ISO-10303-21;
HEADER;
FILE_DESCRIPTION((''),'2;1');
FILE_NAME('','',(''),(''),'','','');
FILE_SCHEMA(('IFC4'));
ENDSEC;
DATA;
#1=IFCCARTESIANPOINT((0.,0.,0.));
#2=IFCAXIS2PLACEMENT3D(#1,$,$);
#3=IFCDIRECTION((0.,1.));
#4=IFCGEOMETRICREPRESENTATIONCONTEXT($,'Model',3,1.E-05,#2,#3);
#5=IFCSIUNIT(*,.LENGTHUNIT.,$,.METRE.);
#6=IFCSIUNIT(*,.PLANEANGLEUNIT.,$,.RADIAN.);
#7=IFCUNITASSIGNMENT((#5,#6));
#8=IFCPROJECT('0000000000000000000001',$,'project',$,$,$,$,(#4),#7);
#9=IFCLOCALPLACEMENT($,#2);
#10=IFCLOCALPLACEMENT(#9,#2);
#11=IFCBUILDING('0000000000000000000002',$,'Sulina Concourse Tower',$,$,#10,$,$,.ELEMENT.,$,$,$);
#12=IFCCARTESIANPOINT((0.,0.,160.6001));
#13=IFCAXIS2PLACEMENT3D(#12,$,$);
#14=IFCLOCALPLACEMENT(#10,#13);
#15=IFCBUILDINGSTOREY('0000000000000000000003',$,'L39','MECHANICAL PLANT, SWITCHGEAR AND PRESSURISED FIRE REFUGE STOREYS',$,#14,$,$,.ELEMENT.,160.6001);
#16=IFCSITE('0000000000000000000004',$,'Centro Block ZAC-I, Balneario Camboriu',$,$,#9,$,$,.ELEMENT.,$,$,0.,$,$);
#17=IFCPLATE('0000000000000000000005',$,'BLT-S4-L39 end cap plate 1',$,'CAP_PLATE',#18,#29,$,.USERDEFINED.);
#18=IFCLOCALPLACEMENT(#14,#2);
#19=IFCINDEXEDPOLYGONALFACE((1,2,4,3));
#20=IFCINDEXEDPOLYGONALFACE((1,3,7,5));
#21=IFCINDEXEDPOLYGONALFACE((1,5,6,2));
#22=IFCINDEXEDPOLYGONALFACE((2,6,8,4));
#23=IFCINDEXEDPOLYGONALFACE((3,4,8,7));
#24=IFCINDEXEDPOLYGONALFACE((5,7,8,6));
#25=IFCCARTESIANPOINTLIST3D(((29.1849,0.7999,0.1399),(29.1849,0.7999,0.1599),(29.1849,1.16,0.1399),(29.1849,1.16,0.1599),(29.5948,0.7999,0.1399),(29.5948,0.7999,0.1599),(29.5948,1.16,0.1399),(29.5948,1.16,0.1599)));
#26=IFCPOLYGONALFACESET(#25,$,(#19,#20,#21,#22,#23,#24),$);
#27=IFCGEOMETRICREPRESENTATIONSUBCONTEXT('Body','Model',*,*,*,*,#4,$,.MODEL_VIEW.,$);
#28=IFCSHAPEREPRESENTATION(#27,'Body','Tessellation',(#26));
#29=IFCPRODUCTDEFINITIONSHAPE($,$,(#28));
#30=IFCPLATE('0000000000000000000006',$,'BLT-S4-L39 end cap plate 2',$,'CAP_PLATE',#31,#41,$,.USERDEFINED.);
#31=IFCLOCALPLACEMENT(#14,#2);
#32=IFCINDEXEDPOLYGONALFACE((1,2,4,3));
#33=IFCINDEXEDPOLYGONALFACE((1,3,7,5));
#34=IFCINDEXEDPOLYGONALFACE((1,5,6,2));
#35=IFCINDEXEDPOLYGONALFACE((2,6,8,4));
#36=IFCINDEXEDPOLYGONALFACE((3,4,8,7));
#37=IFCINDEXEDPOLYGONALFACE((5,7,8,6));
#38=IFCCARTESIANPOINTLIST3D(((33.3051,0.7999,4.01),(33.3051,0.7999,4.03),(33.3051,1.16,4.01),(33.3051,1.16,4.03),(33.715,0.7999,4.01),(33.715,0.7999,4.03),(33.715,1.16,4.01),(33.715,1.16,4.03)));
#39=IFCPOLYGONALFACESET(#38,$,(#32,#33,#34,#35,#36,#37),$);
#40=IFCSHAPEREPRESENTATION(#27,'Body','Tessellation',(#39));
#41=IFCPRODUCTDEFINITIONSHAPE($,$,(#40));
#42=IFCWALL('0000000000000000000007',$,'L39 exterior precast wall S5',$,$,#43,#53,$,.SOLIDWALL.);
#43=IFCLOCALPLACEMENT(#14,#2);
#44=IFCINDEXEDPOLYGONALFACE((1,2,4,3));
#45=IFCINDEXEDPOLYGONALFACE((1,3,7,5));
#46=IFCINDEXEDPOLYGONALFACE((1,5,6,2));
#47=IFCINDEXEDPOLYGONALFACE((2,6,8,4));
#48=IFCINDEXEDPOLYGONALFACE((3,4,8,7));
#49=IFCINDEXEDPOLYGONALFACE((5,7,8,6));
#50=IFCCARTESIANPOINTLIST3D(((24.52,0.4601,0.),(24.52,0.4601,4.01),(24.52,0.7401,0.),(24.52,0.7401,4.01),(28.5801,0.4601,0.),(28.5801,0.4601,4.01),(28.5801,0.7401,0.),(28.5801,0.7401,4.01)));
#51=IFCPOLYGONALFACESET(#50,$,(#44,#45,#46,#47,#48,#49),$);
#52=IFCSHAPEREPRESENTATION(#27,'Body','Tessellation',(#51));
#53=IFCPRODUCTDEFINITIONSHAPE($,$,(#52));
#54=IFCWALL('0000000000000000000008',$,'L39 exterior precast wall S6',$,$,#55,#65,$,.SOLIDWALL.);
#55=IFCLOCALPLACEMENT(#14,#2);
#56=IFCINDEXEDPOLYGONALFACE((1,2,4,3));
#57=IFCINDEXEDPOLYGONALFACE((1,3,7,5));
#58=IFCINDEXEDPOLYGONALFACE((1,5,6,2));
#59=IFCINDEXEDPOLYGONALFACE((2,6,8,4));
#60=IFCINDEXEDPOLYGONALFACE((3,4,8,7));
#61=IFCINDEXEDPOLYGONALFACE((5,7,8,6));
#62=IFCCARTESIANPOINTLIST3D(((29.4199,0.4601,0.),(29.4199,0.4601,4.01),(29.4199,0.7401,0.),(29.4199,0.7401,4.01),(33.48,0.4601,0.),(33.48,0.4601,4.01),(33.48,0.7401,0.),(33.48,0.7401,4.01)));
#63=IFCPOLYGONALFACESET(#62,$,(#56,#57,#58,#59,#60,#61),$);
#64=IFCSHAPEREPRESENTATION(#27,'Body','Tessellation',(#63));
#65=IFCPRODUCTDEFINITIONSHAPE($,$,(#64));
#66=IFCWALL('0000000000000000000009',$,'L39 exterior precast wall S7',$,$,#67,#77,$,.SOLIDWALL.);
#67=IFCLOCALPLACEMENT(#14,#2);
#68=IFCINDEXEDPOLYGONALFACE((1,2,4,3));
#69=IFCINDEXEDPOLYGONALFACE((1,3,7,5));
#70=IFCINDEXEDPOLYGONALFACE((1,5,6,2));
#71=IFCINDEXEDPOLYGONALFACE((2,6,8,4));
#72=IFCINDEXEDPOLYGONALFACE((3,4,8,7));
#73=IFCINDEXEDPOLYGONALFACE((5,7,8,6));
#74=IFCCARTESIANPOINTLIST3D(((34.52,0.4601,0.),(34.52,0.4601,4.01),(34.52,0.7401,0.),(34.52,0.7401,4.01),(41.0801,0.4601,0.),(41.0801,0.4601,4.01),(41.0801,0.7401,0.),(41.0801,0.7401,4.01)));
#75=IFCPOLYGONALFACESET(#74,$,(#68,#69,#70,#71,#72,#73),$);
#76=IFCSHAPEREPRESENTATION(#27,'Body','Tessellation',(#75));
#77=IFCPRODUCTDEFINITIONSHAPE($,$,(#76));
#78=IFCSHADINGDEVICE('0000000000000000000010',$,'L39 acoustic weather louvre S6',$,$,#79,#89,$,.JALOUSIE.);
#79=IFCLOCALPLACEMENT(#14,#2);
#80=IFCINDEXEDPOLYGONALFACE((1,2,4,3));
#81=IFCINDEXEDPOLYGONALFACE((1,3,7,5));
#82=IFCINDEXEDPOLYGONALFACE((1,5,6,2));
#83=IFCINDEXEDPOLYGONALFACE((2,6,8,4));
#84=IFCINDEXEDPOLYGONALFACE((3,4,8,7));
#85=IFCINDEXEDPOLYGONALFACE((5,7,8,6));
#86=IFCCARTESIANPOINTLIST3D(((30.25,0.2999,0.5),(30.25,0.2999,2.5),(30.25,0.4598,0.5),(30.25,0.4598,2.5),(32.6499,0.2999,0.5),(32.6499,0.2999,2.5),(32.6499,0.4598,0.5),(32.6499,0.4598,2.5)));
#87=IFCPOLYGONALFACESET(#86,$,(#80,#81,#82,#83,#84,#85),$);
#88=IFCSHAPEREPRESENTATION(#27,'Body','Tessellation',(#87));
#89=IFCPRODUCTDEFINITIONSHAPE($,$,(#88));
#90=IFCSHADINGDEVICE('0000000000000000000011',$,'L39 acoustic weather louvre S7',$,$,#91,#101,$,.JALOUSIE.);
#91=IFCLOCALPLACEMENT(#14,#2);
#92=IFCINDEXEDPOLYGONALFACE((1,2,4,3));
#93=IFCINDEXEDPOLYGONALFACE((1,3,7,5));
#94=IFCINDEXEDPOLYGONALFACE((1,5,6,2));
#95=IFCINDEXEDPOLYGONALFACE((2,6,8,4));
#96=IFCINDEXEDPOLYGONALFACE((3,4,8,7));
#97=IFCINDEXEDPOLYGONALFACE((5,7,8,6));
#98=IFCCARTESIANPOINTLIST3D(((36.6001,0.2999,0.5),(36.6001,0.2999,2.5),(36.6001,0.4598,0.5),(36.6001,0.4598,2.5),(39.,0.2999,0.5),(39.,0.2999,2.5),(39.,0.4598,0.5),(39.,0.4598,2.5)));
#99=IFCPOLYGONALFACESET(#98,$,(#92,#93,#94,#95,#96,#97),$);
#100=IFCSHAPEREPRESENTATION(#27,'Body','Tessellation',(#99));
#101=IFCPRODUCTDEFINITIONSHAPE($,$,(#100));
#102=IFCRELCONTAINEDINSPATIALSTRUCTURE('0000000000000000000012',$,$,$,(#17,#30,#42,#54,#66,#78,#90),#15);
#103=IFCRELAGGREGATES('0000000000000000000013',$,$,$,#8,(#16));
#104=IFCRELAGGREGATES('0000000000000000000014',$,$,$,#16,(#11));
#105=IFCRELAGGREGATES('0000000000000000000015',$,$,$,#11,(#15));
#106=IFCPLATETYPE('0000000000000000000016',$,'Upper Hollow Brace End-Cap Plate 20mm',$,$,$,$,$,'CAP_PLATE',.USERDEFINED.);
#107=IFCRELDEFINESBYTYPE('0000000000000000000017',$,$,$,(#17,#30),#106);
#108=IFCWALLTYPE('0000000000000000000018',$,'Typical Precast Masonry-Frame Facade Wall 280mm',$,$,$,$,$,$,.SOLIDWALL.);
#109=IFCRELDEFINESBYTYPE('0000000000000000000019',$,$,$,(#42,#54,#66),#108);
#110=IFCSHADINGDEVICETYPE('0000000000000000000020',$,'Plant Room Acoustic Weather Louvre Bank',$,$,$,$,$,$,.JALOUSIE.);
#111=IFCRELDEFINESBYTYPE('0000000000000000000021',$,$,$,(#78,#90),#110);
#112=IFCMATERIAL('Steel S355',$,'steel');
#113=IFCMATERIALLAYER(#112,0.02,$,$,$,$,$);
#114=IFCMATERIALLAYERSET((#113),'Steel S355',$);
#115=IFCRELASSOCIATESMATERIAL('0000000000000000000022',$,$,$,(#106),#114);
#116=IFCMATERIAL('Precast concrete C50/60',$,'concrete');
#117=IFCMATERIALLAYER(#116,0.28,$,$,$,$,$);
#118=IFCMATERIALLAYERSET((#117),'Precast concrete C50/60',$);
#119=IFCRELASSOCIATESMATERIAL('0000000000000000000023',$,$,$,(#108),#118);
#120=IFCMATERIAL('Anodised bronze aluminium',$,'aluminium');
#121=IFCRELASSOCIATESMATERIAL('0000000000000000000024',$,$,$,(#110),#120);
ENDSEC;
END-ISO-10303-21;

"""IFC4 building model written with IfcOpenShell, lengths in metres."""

from ifc_helpers import new_model, si_unit, direction, frame, frame_2d, origin, origin_2d, place, context, subcontext, project, spatial, rectangle, extrude, material, layer, layer_set, type_object, element, save


model = new_model("IFC4")

# Units and contexts
model_context = context("Model", 3, precision=1e-05, world=origin(), true_north=direction((0.0, 1.0)))
body_context = subcontext(model_context, "Body", "Model", "MODEL_VIEW")
ifc_project = project(units=[si_unit("LENGTHUNIT", "METRE"), si_unit("PLANEANGLEUNIT", "RADIAN")], contexts=[model_context])

# Site, building, storey
site_placement = place(None, origin())
site = spatial("IfcSite", under=ifc_project, at=site_placement, Name="Centro Block ZAC-I, Balneario Camboriu", CompositionType="ELEMENT", RefElevation=0.0)
building_placement = place(site_placement, origin())
building = spatial("IfcBuilding", under=site, at=building_placement, Name="Sulina Concourse Tower", CompositionType="ELEMENT")
storey_placement = place(building_placement, frame((0.0, 0.0, 160.6001)))
storey = spatial("IfcBuildingStorey", under=building, at=storey_placement, Name="L39", Description="MECHANICAL PLANT, SWITCHGEAR AND PRESSURISED FIRE REFUGE STOREYS", CompositionType="ELEMENT", Elevation=160.6001)

# Plates
ifc_material_1 = material(Name="Steel S355", Category="steel")
ifc_layer_1 = layer(ifc_material_1, 0.02)
ifc_layer_set_1 = layer_set([ifc_layer_1], Name="Steel S355")
plate_type_1 = type_object("IfcPlateType", Name="Upper Hollow Brace End-Cap Plate 20mm", ElementType="CAP_PLATE", PredefinedType="USERDEFINED", material=ifc_layer_set_1)
for number, where, z_axis, x_axis, name in (
    (1, (29.3899, 0.98, 0.1399), (0.0, 0.0, 1.0), (1.0, 0.0, 0.0), "BLT-S4-L39 end cap plate 1"),
    (2, (33.51, 0.98, 4.01), (0.0, 0.0, 1.0), (1.0, 0.0, 0.0), "BLT-S4-L39 end cap plate 2"),
):
    element("IfcPlate", number, at=place(storey_placement, frame(where, z_axis=z_axis, x_axis=x_axis)), inside=storey, type_object=plate_type_1, Name=name, ObjectType="CAP_PLATE", PredefinedType="USERDEFINED", context=body_context, shape_type="SweptSolid", body=[
        extrude(rectangle(XDim=0.4099, YDim=0.3601, at=origin_2d()), origin(), (0.0, 0.0, 1.0), 0.02),
    ])

# Walls
ifc_material_2 = material(Name="Precast concrete C50/60", Category="concrete")
ifc_layer_2 = layer(ifc_material_2, 0.28)
ifc_layer_set_2 = layer_set([ifc_layer_2], Name="Precast concrete C50/60")
wall_type = type_object("IfcWallType", Name="Typical Precast Masonry-Frame Facade Wall 280mm", PredefinedType="SOLIDWALL", material=ifc_layer_set_2)
for number, where, z_axis, x_axis, name in (
    (3, (28.5801, 0.6001, 0.0), (0.0, 0.0, 1.0), (-1.0, 0.0, 0.0), "L39 exterior precast wall S5"),
    (4, (33.48, 0.6001, 0.0), (0.0, 0.0, 1.0), (-1.0, 0.0, 0.0), "L39 exterior precast wall S6"),
):
    element("IfcWall", number, at=place(storey_placement, frame(where, z_axis=z_axis, x_axis=x_axis)), inside=storey, type_object=wall_type, Name=name, PredefinedType="SOLIDWALL", context=body_context, shape_type="SweptSolid", body=[
        extrude(rectangle(XDim=4.0601, YDim=0.28, at=frame_2d((2.03, 0.0))), origin(), (0.0, 0.0, 1.0), 4.01),
    ])
wall_placement = place(storey_placement, frame((41.0801, 0.6001, 0.0), z_axis=(0.0, 0.0, 1.0), x_axis=(-1.0, 0.0, 0.0)))
element("IfcWall", 5, at=wall_placement, inside=storey, type_object=wall_type, Name="L39 exterior precast wall S7", PredefinedType="SOLIDWALL", context=body_context, shape_type="SweptSolid", body=[
    extrude(rectangle(XDim=6.5601, YDim=0.28, at=frame_2d((3.28, 0.0))), origin(), (0.0, 0.0, 1.0), 4.01),
])

# Shading devices
ifc_material_3 = material(Name="Anodised bronze aluminium", Category="aluminium")
shading_device_type = type_object("IfcShadingDeviceType", Name="Plant Room Acoustic Weather Louvre Bank", PredefinedType="JALOUSIE", material=ifc_material_3)
for number, where, z_axis, x_axis, name in (
    (6, (31.45, 0.3799, 0.5), (0.0, 0.0, 1.0), (1.0, 0.0, 0.0), "L39 acoustic weather louvre S6"),
    (7, (37.8, 0.3799, 0.5), (0.0, 0.0, 1.0), (1.0, 0.0, 0.0), "L39 acoustic weather louvre S7"),
):
    element("IfcShadingDevice", number, at=place(storey_placement, frame(where, z_axis=z_axis, x_axis=x_axis)), inside=storey, type_object=shading_device_type, Name=name, PredefinedType="JALOUSIE", context=body_context, shape_type="SweptSolid", body=[
        extrude(rectangle(XDim=2.3999, YDim=0.1599, at=origin_2d()), origin(), (0.0, 0.0, 1.0), 2.0),
    ])

save(model, "model.ifc")
